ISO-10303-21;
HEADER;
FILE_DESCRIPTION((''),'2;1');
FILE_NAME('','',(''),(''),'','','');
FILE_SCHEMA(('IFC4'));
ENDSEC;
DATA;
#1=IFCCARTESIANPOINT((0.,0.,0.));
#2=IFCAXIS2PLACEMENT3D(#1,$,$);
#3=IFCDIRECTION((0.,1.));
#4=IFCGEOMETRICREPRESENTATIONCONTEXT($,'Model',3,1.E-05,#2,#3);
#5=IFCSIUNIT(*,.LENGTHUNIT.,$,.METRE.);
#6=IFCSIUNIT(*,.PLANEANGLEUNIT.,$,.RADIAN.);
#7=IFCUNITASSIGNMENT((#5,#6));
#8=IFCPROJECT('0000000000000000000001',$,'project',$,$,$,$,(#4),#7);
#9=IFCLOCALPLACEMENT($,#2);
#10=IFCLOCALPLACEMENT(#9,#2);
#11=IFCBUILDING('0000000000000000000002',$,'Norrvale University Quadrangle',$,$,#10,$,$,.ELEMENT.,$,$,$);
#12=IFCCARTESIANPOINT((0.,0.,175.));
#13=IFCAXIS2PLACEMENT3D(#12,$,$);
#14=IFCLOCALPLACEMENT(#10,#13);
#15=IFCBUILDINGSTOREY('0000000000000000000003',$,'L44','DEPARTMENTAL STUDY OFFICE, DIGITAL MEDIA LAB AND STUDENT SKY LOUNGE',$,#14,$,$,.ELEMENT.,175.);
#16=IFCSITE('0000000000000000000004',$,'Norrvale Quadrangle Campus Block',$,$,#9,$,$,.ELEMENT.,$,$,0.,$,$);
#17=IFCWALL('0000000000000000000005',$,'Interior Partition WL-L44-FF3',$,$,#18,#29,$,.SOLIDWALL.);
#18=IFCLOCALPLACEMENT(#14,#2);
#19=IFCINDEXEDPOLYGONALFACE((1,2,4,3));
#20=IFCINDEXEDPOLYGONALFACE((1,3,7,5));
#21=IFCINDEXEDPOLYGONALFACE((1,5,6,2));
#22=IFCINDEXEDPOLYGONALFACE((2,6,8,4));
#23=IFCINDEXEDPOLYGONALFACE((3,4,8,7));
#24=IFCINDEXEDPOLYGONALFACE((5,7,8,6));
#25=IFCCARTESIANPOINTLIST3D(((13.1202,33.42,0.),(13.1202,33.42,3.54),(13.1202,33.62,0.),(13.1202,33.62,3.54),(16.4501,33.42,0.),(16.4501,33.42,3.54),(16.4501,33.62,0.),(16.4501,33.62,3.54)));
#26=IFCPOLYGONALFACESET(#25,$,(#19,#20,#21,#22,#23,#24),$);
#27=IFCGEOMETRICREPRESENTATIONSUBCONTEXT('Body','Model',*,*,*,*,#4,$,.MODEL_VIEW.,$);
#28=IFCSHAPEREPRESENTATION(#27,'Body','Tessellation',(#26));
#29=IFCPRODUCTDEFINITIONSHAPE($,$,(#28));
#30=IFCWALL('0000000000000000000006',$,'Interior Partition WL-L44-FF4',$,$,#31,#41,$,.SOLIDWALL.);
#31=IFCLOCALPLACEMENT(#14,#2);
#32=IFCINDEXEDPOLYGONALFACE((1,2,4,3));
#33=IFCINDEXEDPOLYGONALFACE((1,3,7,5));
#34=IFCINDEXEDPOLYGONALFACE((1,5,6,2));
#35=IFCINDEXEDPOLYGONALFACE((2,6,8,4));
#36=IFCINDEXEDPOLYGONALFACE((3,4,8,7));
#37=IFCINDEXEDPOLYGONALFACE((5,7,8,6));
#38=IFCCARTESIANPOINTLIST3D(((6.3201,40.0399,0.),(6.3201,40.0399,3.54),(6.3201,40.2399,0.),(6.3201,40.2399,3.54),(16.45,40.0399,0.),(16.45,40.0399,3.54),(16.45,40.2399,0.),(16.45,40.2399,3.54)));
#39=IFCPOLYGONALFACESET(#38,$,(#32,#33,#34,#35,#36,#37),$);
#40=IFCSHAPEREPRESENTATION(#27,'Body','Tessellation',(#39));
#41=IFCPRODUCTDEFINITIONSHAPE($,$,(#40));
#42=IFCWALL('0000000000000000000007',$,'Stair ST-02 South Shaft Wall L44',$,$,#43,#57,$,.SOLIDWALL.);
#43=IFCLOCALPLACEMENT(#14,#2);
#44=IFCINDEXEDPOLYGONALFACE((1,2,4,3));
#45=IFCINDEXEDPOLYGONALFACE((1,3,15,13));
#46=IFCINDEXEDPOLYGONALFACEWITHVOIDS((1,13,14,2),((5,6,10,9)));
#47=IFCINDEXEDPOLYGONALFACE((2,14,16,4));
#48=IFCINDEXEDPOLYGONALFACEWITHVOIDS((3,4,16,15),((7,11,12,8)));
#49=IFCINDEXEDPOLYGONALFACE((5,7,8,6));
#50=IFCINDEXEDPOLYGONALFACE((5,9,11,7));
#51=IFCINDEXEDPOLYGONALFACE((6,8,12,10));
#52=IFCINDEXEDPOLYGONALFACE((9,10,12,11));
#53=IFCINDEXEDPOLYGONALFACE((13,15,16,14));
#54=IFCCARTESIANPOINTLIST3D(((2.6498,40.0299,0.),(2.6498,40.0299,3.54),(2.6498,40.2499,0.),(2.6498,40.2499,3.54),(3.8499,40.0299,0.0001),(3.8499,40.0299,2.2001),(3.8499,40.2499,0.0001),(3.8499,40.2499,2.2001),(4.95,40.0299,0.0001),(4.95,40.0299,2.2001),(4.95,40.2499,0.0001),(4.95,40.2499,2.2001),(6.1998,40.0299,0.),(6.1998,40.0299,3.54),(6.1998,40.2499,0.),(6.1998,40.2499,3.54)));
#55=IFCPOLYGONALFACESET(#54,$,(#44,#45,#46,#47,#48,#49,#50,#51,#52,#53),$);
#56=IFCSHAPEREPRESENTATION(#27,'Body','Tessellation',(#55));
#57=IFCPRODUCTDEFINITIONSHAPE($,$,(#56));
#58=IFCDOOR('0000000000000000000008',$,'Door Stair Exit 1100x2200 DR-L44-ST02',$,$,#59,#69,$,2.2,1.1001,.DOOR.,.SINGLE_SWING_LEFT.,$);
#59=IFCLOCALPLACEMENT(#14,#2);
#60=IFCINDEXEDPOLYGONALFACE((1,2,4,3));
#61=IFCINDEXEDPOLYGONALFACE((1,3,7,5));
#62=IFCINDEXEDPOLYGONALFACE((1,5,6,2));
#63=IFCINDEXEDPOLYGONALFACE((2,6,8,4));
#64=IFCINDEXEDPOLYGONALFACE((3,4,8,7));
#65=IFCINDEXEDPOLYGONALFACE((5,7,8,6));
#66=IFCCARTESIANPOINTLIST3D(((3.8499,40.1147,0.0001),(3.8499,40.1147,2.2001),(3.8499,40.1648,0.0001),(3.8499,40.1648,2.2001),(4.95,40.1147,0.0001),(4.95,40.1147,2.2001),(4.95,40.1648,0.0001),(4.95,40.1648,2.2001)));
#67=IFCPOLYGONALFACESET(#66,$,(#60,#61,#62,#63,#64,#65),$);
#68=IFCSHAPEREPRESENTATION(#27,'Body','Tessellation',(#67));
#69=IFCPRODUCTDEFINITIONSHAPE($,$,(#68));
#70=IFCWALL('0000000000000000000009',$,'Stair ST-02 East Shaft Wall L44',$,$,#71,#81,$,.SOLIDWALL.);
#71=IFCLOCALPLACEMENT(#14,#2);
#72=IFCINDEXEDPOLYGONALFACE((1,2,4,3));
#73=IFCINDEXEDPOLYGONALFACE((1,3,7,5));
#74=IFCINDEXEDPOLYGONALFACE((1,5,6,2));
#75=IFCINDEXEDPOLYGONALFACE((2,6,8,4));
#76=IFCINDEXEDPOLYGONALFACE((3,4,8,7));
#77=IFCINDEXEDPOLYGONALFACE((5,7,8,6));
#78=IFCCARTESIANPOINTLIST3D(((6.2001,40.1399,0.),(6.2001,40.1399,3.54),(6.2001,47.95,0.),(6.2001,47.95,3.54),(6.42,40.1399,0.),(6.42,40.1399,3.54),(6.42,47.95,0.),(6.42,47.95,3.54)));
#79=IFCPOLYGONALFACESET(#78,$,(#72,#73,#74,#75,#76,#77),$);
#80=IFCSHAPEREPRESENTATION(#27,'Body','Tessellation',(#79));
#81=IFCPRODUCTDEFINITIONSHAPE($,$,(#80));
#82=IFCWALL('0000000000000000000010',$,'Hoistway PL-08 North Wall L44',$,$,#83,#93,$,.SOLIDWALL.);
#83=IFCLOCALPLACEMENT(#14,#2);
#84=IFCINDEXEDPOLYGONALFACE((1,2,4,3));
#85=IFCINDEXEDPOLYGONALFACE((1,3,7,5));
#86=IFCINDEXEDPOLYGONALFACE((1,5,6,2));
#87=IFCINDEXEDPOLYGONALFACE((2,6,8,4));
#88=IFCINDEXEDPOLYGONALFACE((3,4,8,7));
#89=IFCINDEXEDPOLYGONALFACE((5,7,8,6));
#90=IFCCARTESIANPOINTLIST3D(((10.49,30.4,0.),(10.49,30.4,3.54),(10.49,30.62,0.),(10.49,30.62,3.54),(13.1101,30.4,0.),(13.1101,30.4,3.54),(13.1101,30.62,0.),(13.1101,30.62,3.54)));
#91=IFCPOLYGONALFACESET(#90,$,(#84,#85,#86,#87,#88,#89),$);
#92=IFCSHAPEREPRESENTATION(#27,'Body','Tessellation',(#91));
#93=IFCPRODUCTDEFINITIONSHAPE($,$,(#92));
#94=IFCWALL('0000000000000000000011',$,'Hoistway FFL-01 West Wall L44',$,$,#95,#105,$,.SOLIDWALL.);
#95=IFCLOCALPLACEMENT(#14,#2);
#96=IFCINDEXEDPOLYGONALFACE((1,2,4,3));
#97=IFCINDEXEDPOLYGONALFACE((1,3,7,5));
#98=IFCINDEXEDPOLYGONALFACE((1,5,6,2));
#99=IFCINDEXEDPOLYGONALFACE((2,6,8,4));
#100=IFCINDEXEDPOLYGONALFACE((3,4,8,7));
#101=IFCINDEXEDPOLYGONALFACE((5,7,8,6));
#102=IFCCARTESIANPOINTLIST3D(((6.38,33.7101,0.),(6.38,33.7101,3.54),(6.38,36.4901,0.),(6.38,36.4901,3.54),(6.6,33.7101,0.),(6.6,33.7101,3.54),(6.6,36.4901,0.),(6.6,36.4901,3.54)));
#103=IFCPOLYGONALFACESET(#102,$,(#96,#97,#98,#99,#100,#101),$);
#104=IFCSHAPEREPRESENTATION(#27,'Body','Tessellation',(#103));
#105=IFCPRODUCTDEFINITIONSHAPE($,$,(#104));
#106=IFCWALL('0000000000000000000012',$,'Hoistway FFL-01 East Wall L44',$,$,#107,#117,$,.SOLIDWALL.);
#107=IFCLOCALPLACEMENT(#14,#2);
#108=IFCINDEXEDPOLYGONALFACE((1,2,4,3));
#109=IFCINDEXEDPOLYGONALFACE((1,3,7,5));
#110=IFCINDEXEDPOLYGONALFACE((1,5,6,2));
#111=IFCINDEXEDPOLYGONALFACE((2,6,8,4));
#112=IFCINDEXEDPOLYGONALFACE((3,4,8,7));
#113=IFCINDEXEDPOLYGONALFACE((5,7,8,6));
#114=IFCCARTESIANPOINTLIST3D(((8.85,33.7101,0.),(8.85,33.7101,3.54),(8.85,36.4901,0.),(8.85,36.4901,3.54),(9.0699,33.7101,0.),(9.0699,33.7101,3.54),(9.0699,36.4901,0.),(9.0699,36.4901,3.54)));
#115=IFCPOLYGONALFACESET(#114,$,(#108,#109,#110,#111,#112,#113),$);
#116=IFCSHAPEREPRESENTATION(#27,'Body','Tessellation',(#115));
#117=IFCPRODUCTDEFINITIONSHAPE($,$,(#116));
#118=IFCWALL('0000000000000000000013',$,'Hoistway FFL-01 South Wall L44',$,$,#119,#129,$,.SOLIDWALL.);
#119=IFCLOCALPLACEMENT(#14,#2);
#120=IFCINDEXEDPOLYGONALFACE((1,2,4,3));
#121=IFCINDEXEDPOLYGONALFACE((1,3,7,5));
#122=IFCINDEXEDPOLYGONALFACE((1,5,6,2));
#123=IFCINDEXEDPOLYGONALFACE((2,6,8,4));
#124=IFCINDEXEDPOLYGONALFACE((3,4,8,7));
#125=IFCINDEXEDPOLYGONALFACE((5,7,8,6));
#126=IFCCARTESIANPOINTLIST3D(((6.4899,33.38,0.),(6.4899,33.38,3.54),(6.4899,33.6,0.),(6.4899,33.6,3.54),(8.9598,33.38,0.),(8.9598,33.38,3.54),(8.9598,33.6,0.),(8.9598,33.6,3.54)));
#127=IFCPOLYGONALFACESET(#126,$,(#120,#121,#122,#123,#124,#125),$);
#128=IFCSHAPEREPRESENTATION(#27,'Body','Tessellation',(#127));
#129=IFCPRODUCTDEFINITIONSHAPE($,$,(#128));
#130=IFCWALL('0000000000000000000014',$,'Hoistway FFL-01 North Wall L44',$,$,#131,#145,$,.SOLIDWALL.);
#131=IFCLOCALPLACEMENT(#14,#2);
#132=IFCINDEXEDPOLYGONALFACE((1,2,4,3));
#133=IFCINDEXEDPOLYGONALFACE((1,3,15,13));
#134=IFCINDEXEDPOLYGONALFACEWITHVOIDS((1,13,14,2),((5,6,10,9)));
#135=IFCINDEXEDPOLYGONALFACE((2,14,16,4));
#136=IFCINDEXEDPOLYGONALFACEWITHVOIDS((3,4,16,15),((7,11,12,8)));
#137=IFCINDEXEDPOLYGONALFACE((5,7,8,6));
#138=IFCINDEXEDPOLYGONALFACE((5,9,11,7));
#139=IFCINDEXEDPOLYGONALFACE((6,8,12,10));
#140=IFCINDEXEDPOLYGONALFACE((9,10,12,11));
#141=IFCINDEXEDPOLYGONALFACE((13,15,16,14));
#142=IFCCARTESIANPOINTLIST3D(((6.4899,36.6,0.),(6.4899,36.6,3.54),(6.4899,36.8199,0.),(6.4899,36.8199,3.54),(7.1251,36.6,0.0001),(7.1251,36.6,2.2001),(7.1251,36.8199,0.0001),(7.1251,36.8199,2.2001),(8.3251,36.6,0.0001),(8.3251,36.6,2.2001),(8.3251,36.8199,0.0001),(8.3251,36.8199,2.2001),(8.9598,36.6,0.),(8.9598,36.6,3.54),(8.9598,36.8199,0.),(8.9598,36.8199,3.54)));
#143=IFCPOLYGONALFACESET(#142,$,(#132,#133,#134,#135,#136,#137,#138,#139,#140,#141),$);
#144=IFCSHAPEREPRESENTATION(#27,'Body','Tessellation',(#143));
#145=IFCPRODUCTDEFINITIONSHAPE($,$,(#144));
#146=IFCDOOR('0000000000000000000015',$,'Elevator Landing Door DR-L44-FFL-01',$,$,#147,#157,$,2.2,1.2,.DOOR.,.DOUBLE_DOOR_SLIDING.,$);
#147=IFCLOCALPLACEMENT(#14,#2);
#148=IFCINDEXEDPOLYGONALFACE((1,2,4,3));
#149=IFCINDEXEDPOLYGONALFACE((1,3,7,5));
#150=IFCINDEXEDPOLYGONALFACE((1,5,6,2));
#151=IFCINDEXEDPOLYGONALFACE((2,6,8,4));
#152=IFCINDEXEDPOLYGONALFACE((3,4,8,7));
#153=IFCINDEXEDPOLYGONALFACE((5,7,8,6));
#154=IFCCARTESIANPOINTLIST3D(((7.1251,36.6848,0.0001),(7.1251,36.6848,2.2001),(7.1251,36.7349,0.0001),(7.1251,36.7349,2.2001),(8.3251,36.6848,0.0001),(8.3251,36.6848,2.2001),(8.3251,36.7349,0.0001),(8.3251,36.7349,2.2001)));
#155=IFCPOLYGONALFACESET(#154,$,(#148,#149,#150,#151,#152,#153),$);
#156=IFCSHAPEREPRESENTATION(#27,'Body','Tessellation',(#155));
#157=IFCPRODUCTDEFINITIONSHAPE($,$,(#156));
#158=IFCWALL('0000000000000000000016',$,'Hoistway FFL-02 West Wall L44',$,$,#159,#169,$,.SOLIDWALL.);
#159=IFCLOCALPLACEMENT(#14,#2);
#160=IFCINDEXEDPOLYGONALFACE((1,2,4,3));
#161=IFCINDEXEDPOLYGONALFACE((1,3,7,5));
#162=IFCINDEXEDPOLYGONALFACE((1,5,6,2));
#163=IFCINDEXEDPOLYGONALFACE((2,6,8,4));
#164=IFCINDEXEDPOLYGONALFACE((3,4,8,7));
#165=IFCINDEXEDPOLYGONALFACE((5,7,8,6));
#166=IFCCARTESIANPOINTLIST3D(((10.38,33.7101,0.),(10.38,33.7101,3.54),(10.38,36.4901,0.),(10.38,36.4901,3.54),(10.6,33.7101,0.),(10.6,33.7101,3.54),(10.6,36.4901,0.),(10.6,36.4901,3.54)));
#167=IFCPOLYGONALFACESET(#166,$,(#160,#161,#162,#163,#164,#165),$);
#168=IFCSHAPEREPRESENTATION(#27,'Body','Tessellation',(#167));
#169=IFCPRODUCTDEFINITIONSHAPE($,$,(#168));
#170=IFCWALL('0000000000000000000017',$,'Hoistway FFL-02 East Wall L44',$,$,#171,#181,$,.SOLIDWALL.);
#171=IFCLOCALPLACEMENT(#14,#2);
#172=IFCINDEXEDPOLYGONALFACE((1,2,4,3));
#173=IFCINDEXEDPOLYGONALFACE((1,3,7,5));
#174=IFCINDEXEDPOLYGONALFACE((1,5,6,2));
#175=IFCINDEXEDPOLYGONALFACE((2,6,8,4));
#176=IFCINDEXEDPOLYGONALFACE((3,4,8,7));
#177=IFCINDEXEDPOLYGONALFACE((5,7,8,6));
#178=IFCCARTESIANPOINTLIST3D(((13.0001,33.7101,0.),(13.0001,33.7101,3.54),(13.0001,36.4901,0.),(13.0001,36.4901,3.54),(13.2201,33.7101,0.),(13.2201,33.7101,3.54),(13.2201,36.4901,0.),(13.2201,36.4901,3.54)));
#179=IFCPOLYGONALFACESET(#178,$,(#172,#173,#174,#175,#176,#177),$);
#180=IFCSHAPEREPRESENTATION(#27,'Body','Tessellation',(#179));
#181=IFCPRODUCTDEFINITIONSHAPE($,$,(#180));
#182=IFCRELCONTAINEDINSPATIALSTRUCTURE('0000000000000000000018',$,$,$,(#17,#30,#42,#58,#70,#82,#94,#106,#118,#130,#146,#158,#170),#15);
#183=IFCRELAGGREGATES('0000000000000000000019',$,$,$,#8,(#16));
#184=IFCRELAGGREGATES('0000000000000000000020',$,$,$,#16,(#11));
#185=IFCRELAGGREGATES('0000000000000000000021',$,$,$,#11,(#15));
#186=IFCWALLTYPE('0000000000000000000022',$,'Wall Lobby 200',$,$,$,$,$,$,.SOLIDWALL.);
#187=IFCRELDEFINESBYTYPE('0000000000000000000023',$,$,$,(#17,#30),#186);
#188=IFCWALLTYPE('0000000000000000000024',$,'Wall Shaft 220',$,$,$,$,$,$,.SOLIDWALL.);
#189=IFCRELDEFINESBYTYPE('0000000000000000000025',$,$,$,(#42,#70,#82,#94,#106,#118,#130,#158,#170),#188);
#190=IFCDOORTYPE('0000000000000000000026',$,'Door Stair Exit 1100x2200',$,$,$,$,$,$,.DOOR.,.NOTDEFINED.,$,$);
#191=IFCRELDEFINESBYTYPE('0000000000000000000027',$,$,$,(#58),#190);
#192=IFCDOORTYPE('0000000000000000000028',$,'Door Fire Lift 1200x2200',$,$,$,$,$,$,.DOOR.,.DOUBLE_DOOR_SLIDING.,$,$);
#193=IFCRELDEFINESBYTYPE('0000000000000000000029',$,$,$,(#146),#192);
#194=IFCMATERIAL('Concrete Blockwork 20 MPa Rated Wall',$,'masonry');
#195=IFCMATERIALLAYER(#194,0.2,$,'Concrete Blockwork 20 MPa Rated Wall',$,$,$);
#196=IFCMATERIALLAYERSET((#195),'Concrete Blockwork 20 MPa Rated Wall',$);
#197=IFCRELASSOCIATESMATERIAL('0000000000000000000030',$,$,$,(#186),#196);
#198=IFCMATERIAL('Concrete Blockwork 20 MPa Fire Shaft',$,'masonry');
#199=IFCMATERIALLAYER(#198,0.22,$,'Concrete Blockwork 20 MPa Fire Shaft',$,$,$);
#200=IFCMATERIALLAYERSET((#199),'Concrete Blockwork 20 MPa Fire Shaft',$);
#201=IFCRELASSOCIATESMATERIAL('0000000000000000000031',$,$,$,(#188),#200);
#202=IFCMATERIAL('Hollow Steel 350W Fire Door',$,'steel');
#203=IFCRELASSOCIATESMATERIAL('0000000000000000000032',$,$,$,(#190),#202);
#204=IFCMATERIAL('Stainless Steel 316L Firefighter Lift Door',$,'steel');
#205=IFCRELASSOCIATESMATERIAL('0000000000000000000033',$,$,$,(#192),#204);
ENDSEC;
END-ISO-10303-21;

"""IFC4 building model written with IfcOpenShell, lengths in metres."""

from ifc_helpers import new_model, si_unit, direction, frame, frame_2d, origin, place, context, subcontext, project, spatial, rectangle, extrude, material, layer, layer_set, type_object, element, fill, save


model = new_model("IFC4")

# Units and contexts
model_context = context("Model", 3, precision=1e-05, world=origin(), true_north=direction((0.0, 1.0)))
body_context = subcontext(model_context, "Body", "Model", "MODEL_VIEW")
ifc_project = project(units=[si_unit("LENGTHUNIT", "METRE"), si_unit("PLANEANGLEUNIT", "RADIAN")], contexts=[model_context])

# Site, building, storey
site_placement = place(None, origin())
site = spatial("IfcSite", under=ifc_project, at=site_placement, Name="Norrvale Quadrangle Campus Block", CompositionType="ELEMENT", RefElevation=0.0)
building_placement = place(site_placement, origin())
building = spatial("IfcBuilding", under=site, at=building_placement, Name="Norrvale University Quadrangle", CompositionType="ELEMENT")
storey_placement = place(building_placement, frame((0.0, 0.0, 175.0)))
storey = spatial("IfcBuildingStorey", under=building, at=storey_placement, Name="L44", Description="DEPARTMENTAL STUDY OFFICE, DIGITAL MEDIA LAB AND STUDENT SKY LOUNGE", CompositionType="ELEMENT", Elevation=175.0)

# Walls
ifc_material_1 = material(Name="Concrete Blockwork 20 MPa Rated Wall", Category="masonry")
ifc_layer_1 = layer(ifc_material_1, 0.2, Name="Concrete Blockwork 20 MPa Rated Wall")
ifc_layer_set_1 = layer_set([ifc_layer_1], Name="Concrete Blockwork 20 MPa Rated Wall")
wall_type_1 = type_object("IfcWallType", Name="Wall Lobby 200", PredefinedType="SOLIDWALL", material=ifc_layer_set_1)
wall_1_placement = place(storey_placement, frame((13.1201, 33.52, 0.0), z_axis=(0.0, 0.0, 1.0), x_axis=(1.0, 0.0, 0.0)))
element("IfcWall", 1, at=wall_1_placement, inside=storey, type_object=wall_type_1, Name="Interior Partition WL-L44-FF3", PredefinedType="SOLIDWALL", context=body_context, shape_type="SweptSolid", body=[
    extrude(rectangle(XDim=3.3298, YDim=0.2, at=frame_2d((1.665, 0.0))), origin(), (0.0, 0.0, 1.0), 3.54),
])
wall_2_placement = place(storey_placement, frame((6.3201, 40.1399, 0.0), z_axis=(0.0, 0.0, 1.0), x_axis=(1.0, 0.0, 0.0)))
element("IfcWall", 2, at=wall_2_placement, inside=storey, type_object=wall_type_1, Name="Interior Partition WL-L44-FF4", PredefinedType="SOLIDWALL", context=body_context, shape_type="SweptSolid", body=[
    extrude(rectangle(XDim=10.1299, YDim=0.2, at=frame_2d((5.0649, 0.0))), origin(), (0.0, 0.0, 1.0), 3.54),
])

# Wall, opening, door
ifc_material_2 = material(Name="Concrete Blockwork 20 MPa Fire Shaft", Category="masonry")
ifc_layer_2 = layer(ifc_material_2, 0.22, Name="Concrete Blockwork 20 MPa Fire Shaft")
ifc_layer_set_2 = layer_set([ifc_layer_2], Name="Concrete Blockwork 20 MPa Fire Shaft")
wall_type_2 = type_object("IfcWallType", Name="Wall Shaft 220", PredefinedType="SOLIDWALL", material=ifc_layer_set_2)
wall_3_placement = place(storey_placement, frame((2.6499, 40.1399, 0.0), z_axis=(0.0, 0.0, 1.0), x_axis=(1.0, 0.0, 0.0)))
wall_3 = element("IfcWall", 3, at=wall_3_placement, inside=storey, type_object=wall_type_2, Name="Stair ST-02 South Shaft Wall L44", PredefinedType="SOLIDWALL", context=body_context, shape_type="SweptSolid", body=[
    extrude(rectangle(XDim=3.55, YDim=0.22, at=frame_2d((1.7749, 0.0))), origin(), (0.0, 0.0, 1.0), 3.54),
])
opening_1_placement = place(wall_3_placement, frame((1.2, 0.0, 0.0)))
opening_1 = element("IfcOpeningElement", 4, at=opening_1_placement, cuts=wall_3, PredefinedType="OPENING", context=body_context, shape_type="SweptSolid", body=[
    extrude(rectangle(XDim=1.1001, YDim=2.2, at=frame_2d((0.55, 1.1001))), frame((0.0, 0.1221, 0.0), z_axis=(0.0, -1.0, 0.0), x_axis=(1.0, 0.0, 0.0)), (0.0, 0.0, 1.0), 0.2439),
])
ifc_material_3 = material(Name="Hollow Steel 350W Fire Door", Category="steel")
door_type_1 = type_object("IfcDoorType", Name="Door Stair Exit 1100x2200", OperationType="NOTDEFINED", PredefinedType="DOOR", material=ifc_material_3)
door_1_placement = place(opening_1_placement, origin())
door_1 = element("IfcDoor", 5, at=door_1_placement, inside=storey, type_object=door_type_1, Name="Door Stair Exit 1100x2200 DR-L44-ST02", OperationType="SINGLE_SWING_LEFT", OverallHeight=2.2, OverallWidth=1.1001, PredefinedType="DOOR", context=body_context, shape_type="SweptSolid", body=[
    extrude(rectangle(XDim=1.1001, YDim=2.2, at=frame_2d((0.55, 1.1001))), frame((0.0, 0.0249, 0.0), z_axis=(0.0, -1.0, 0.0), x_axis=(1.0, 0.0, 0.0)), (0.0, 0.0, 1.0), 0.05),
])
fill(opening_1, door_1)

# Walls
wall_4_placement = place(storey_placement, frame((6.3101, 40.1399, 0.0), z_axis=(0.0, 0.0, 1.0), x_axis=(0.0, 1.0, 0.0)))
element("IfcWall", 6, at=wall_4_placement, inside=storey, type_object=wall_type_2, Name="Stair ST-02 East Shaft Wall L44", PredefinedType="SOLIDWALL", context=body_context, shape_type="SweptSolid", body=[
    extrude(rectangle(XDim=7.8101, YDim=0.22, at=frame_2d((3.905, 0.0))), origin(), (0.0, 0.0, 1.0), 3.54),
])
wall_5_placement = place(storey_placement, frame((10.49, 30.51, 0.0), z_axis=(0.0, 0.0, 1.0), x_axis=(1.0, 0.0, 0.0)))
element("IfcWall", 7, at=wall_5_placement, inside=storey, type_object=wall_type_2, Name="Hoistway PL-08 North Wall L44", PredefinedType="SOLIDWALL", context=body_context, shape_type="SweptSolid", body=[
    extrude(rectangle(XDim=2.6201, YDim=0.22, at=frame_2d((1.3101, 0.0))), origin(), (0.0, 0.0, 1.0), 3.54),
])
for number, where, z_axis, x_axis, name in (
    (8, (6.49, 33.71, 0.0), (0.0, 0.0, 1.0), (0.0, 1.0, 0.0), "Hoistway FFL-01 West Wall L44"),
    (9, (8.96, 33.71, 0.0), (0.0, 0.0, 1.0), (0.0, 1.0, 0.0), "Hoistway FFL-01 East Wall L44"),
):
    element("IfcWall", number, at=place(storey_placement, frame(where, z_axis=z_axis, x_axis=x_axis)), inside=storey, type_object=wall_type_2, Name=name, PredefinedType="SOLIDWALL", context=body_context, shape_type="SweptSolid", body=[
        extrude(rectangle(XDim=2.78, YDim=0.22, at=frame_2d((1.3901, 0.0))), origin(), (0.0, 0.0, 1.0), 3.54),
    ])
wall_6_placement = place(storey_placement, frame((6.49, 33.49, 0.0), z_axis=(0.0, 0.0, 1.0), x_axis=(1.0, 0.0, 0.0)))
element("IfcWall", 10, at=wall_6_placement, inside=storey, type_object=wall_type_2, Name="Hoistway FFL-01 South Wall L44", PredefinedType="SOLIDWALL", context=body_context, shape_type="SweptSolid", body=[
    extrude(rectangle(XDim=2.47, YDim=0.22, at=frame_2d((1.2349, 0.0))), origin(), (0.0, 0.0, 1.0), 3.54),
])

# Wall, opening, door
wall_7_placement = place(storey_placement, frame((6.49, 36.71, 0.0), z_axis=(0.0, 0.0, 1.0), x_axis=(1.0, 0.0, 0.0)))
wall_7 = element("IfcWall", 11, at=wall_7_placement, inside=storey, type_object=wall_type_2, Name="Hoistway FFL-01 North Wall L44", PredefinedType="SOLIDWALL", context=body_context, shape_type="SweptSolid", body=[
    extrude(rectangle(XDim=2.47, YDim=0.22, at=frame_2d((1.2349, 0.0))), origin(), (0.0, 0.0, 1.0), 3.54),
])
opening_2_placement = place(wall_7_placement, frame((0.635, 0.0, 0.0)))
opening_2 = element("IfcOpeningElement", 12, at=opening_2_placement, cuts=wall_7, PredefinedType="OPENING", context=body_context, shape_type="SweptSolid", body=[
    extrude(rectangle(XDim=1.2, YDim=2.2, at=frame_2d((0.6001, 1.1001))), frame((0.0, 0.1221, 0.0), z_axis=(0.0, -1.0, 0.0), x_axis=(1.0, 0.0, 0.0)), (0.0, 0.0, 1.0), 0.2439),
])
ifc_material_4 = material(Name="Stainless Steel 316L Firefighter Lift Door", Category="steel")
door_type_2 = type_object("IfcDoorType", Name="Door Fire Lift 1200x2200", OperationType="DOUBLE_DOOR_SLIDING", PredefinedType="DOOR", material=ifc_material_4)
door_2_placement = place(opening_2_placement, origin())
door_2 = element("IfcDoor", 13, at=door_2_placement, inside=storey, type_object=door_type_2, Name="Elevator Landing Door DR-L44-FFL-01", OperationType="DOUBLE_DOOR_SLIDING", OverallHeight=2.2, OverallWidth=1.2, PredefinedType="DOOR", context=body_context, shape_type="SweptSolid", body=[
    extrude(rectangle(XDim=1.2, YDim=2.2, at=frame_2d((0.6001, 1.1001))), frame((0.0, 0.0249, 0.0), z_axis=(0.0, -1.0, 0.0), x_axis=(1.0, 0.0, 0.0)), (0.0, 0.0, 1.0), 0.05),
])
fill(opening_2, door_2)

# Walls
for number, where, z_axis, x_axis, name in (
    (14, (10.49, 33.71, 0.0), (0.0, 0.0, 1.0), (0.0, 1.0, 0.0), "Hoistway FFL-02 West Wall L44"),
    (15, (13.1101, 33.71, 0.0), (0.0, 0.0, 1.0), (0.0, 1.0, 0.0), "Hoistway FFL-02 East Wall L44"),
):
    element("IfcWall", number, at=place(storey_placement, frame(where, z_axis=z_axis, x_axis=x_axis)), inside=storey, type_object=wall_type_2, Name=name, PredefinedType="SOLIDWALL", context=body_context, shape_type="SweptSolid", body=[
        extrude(rectangle(XDim=2.78, YDim=0.22, at=frame_2d((1.3901, 0.0))), origin(), (0.0, 0.0, 1.0), 3.54),
    ])

save(model, "model.ifc")
